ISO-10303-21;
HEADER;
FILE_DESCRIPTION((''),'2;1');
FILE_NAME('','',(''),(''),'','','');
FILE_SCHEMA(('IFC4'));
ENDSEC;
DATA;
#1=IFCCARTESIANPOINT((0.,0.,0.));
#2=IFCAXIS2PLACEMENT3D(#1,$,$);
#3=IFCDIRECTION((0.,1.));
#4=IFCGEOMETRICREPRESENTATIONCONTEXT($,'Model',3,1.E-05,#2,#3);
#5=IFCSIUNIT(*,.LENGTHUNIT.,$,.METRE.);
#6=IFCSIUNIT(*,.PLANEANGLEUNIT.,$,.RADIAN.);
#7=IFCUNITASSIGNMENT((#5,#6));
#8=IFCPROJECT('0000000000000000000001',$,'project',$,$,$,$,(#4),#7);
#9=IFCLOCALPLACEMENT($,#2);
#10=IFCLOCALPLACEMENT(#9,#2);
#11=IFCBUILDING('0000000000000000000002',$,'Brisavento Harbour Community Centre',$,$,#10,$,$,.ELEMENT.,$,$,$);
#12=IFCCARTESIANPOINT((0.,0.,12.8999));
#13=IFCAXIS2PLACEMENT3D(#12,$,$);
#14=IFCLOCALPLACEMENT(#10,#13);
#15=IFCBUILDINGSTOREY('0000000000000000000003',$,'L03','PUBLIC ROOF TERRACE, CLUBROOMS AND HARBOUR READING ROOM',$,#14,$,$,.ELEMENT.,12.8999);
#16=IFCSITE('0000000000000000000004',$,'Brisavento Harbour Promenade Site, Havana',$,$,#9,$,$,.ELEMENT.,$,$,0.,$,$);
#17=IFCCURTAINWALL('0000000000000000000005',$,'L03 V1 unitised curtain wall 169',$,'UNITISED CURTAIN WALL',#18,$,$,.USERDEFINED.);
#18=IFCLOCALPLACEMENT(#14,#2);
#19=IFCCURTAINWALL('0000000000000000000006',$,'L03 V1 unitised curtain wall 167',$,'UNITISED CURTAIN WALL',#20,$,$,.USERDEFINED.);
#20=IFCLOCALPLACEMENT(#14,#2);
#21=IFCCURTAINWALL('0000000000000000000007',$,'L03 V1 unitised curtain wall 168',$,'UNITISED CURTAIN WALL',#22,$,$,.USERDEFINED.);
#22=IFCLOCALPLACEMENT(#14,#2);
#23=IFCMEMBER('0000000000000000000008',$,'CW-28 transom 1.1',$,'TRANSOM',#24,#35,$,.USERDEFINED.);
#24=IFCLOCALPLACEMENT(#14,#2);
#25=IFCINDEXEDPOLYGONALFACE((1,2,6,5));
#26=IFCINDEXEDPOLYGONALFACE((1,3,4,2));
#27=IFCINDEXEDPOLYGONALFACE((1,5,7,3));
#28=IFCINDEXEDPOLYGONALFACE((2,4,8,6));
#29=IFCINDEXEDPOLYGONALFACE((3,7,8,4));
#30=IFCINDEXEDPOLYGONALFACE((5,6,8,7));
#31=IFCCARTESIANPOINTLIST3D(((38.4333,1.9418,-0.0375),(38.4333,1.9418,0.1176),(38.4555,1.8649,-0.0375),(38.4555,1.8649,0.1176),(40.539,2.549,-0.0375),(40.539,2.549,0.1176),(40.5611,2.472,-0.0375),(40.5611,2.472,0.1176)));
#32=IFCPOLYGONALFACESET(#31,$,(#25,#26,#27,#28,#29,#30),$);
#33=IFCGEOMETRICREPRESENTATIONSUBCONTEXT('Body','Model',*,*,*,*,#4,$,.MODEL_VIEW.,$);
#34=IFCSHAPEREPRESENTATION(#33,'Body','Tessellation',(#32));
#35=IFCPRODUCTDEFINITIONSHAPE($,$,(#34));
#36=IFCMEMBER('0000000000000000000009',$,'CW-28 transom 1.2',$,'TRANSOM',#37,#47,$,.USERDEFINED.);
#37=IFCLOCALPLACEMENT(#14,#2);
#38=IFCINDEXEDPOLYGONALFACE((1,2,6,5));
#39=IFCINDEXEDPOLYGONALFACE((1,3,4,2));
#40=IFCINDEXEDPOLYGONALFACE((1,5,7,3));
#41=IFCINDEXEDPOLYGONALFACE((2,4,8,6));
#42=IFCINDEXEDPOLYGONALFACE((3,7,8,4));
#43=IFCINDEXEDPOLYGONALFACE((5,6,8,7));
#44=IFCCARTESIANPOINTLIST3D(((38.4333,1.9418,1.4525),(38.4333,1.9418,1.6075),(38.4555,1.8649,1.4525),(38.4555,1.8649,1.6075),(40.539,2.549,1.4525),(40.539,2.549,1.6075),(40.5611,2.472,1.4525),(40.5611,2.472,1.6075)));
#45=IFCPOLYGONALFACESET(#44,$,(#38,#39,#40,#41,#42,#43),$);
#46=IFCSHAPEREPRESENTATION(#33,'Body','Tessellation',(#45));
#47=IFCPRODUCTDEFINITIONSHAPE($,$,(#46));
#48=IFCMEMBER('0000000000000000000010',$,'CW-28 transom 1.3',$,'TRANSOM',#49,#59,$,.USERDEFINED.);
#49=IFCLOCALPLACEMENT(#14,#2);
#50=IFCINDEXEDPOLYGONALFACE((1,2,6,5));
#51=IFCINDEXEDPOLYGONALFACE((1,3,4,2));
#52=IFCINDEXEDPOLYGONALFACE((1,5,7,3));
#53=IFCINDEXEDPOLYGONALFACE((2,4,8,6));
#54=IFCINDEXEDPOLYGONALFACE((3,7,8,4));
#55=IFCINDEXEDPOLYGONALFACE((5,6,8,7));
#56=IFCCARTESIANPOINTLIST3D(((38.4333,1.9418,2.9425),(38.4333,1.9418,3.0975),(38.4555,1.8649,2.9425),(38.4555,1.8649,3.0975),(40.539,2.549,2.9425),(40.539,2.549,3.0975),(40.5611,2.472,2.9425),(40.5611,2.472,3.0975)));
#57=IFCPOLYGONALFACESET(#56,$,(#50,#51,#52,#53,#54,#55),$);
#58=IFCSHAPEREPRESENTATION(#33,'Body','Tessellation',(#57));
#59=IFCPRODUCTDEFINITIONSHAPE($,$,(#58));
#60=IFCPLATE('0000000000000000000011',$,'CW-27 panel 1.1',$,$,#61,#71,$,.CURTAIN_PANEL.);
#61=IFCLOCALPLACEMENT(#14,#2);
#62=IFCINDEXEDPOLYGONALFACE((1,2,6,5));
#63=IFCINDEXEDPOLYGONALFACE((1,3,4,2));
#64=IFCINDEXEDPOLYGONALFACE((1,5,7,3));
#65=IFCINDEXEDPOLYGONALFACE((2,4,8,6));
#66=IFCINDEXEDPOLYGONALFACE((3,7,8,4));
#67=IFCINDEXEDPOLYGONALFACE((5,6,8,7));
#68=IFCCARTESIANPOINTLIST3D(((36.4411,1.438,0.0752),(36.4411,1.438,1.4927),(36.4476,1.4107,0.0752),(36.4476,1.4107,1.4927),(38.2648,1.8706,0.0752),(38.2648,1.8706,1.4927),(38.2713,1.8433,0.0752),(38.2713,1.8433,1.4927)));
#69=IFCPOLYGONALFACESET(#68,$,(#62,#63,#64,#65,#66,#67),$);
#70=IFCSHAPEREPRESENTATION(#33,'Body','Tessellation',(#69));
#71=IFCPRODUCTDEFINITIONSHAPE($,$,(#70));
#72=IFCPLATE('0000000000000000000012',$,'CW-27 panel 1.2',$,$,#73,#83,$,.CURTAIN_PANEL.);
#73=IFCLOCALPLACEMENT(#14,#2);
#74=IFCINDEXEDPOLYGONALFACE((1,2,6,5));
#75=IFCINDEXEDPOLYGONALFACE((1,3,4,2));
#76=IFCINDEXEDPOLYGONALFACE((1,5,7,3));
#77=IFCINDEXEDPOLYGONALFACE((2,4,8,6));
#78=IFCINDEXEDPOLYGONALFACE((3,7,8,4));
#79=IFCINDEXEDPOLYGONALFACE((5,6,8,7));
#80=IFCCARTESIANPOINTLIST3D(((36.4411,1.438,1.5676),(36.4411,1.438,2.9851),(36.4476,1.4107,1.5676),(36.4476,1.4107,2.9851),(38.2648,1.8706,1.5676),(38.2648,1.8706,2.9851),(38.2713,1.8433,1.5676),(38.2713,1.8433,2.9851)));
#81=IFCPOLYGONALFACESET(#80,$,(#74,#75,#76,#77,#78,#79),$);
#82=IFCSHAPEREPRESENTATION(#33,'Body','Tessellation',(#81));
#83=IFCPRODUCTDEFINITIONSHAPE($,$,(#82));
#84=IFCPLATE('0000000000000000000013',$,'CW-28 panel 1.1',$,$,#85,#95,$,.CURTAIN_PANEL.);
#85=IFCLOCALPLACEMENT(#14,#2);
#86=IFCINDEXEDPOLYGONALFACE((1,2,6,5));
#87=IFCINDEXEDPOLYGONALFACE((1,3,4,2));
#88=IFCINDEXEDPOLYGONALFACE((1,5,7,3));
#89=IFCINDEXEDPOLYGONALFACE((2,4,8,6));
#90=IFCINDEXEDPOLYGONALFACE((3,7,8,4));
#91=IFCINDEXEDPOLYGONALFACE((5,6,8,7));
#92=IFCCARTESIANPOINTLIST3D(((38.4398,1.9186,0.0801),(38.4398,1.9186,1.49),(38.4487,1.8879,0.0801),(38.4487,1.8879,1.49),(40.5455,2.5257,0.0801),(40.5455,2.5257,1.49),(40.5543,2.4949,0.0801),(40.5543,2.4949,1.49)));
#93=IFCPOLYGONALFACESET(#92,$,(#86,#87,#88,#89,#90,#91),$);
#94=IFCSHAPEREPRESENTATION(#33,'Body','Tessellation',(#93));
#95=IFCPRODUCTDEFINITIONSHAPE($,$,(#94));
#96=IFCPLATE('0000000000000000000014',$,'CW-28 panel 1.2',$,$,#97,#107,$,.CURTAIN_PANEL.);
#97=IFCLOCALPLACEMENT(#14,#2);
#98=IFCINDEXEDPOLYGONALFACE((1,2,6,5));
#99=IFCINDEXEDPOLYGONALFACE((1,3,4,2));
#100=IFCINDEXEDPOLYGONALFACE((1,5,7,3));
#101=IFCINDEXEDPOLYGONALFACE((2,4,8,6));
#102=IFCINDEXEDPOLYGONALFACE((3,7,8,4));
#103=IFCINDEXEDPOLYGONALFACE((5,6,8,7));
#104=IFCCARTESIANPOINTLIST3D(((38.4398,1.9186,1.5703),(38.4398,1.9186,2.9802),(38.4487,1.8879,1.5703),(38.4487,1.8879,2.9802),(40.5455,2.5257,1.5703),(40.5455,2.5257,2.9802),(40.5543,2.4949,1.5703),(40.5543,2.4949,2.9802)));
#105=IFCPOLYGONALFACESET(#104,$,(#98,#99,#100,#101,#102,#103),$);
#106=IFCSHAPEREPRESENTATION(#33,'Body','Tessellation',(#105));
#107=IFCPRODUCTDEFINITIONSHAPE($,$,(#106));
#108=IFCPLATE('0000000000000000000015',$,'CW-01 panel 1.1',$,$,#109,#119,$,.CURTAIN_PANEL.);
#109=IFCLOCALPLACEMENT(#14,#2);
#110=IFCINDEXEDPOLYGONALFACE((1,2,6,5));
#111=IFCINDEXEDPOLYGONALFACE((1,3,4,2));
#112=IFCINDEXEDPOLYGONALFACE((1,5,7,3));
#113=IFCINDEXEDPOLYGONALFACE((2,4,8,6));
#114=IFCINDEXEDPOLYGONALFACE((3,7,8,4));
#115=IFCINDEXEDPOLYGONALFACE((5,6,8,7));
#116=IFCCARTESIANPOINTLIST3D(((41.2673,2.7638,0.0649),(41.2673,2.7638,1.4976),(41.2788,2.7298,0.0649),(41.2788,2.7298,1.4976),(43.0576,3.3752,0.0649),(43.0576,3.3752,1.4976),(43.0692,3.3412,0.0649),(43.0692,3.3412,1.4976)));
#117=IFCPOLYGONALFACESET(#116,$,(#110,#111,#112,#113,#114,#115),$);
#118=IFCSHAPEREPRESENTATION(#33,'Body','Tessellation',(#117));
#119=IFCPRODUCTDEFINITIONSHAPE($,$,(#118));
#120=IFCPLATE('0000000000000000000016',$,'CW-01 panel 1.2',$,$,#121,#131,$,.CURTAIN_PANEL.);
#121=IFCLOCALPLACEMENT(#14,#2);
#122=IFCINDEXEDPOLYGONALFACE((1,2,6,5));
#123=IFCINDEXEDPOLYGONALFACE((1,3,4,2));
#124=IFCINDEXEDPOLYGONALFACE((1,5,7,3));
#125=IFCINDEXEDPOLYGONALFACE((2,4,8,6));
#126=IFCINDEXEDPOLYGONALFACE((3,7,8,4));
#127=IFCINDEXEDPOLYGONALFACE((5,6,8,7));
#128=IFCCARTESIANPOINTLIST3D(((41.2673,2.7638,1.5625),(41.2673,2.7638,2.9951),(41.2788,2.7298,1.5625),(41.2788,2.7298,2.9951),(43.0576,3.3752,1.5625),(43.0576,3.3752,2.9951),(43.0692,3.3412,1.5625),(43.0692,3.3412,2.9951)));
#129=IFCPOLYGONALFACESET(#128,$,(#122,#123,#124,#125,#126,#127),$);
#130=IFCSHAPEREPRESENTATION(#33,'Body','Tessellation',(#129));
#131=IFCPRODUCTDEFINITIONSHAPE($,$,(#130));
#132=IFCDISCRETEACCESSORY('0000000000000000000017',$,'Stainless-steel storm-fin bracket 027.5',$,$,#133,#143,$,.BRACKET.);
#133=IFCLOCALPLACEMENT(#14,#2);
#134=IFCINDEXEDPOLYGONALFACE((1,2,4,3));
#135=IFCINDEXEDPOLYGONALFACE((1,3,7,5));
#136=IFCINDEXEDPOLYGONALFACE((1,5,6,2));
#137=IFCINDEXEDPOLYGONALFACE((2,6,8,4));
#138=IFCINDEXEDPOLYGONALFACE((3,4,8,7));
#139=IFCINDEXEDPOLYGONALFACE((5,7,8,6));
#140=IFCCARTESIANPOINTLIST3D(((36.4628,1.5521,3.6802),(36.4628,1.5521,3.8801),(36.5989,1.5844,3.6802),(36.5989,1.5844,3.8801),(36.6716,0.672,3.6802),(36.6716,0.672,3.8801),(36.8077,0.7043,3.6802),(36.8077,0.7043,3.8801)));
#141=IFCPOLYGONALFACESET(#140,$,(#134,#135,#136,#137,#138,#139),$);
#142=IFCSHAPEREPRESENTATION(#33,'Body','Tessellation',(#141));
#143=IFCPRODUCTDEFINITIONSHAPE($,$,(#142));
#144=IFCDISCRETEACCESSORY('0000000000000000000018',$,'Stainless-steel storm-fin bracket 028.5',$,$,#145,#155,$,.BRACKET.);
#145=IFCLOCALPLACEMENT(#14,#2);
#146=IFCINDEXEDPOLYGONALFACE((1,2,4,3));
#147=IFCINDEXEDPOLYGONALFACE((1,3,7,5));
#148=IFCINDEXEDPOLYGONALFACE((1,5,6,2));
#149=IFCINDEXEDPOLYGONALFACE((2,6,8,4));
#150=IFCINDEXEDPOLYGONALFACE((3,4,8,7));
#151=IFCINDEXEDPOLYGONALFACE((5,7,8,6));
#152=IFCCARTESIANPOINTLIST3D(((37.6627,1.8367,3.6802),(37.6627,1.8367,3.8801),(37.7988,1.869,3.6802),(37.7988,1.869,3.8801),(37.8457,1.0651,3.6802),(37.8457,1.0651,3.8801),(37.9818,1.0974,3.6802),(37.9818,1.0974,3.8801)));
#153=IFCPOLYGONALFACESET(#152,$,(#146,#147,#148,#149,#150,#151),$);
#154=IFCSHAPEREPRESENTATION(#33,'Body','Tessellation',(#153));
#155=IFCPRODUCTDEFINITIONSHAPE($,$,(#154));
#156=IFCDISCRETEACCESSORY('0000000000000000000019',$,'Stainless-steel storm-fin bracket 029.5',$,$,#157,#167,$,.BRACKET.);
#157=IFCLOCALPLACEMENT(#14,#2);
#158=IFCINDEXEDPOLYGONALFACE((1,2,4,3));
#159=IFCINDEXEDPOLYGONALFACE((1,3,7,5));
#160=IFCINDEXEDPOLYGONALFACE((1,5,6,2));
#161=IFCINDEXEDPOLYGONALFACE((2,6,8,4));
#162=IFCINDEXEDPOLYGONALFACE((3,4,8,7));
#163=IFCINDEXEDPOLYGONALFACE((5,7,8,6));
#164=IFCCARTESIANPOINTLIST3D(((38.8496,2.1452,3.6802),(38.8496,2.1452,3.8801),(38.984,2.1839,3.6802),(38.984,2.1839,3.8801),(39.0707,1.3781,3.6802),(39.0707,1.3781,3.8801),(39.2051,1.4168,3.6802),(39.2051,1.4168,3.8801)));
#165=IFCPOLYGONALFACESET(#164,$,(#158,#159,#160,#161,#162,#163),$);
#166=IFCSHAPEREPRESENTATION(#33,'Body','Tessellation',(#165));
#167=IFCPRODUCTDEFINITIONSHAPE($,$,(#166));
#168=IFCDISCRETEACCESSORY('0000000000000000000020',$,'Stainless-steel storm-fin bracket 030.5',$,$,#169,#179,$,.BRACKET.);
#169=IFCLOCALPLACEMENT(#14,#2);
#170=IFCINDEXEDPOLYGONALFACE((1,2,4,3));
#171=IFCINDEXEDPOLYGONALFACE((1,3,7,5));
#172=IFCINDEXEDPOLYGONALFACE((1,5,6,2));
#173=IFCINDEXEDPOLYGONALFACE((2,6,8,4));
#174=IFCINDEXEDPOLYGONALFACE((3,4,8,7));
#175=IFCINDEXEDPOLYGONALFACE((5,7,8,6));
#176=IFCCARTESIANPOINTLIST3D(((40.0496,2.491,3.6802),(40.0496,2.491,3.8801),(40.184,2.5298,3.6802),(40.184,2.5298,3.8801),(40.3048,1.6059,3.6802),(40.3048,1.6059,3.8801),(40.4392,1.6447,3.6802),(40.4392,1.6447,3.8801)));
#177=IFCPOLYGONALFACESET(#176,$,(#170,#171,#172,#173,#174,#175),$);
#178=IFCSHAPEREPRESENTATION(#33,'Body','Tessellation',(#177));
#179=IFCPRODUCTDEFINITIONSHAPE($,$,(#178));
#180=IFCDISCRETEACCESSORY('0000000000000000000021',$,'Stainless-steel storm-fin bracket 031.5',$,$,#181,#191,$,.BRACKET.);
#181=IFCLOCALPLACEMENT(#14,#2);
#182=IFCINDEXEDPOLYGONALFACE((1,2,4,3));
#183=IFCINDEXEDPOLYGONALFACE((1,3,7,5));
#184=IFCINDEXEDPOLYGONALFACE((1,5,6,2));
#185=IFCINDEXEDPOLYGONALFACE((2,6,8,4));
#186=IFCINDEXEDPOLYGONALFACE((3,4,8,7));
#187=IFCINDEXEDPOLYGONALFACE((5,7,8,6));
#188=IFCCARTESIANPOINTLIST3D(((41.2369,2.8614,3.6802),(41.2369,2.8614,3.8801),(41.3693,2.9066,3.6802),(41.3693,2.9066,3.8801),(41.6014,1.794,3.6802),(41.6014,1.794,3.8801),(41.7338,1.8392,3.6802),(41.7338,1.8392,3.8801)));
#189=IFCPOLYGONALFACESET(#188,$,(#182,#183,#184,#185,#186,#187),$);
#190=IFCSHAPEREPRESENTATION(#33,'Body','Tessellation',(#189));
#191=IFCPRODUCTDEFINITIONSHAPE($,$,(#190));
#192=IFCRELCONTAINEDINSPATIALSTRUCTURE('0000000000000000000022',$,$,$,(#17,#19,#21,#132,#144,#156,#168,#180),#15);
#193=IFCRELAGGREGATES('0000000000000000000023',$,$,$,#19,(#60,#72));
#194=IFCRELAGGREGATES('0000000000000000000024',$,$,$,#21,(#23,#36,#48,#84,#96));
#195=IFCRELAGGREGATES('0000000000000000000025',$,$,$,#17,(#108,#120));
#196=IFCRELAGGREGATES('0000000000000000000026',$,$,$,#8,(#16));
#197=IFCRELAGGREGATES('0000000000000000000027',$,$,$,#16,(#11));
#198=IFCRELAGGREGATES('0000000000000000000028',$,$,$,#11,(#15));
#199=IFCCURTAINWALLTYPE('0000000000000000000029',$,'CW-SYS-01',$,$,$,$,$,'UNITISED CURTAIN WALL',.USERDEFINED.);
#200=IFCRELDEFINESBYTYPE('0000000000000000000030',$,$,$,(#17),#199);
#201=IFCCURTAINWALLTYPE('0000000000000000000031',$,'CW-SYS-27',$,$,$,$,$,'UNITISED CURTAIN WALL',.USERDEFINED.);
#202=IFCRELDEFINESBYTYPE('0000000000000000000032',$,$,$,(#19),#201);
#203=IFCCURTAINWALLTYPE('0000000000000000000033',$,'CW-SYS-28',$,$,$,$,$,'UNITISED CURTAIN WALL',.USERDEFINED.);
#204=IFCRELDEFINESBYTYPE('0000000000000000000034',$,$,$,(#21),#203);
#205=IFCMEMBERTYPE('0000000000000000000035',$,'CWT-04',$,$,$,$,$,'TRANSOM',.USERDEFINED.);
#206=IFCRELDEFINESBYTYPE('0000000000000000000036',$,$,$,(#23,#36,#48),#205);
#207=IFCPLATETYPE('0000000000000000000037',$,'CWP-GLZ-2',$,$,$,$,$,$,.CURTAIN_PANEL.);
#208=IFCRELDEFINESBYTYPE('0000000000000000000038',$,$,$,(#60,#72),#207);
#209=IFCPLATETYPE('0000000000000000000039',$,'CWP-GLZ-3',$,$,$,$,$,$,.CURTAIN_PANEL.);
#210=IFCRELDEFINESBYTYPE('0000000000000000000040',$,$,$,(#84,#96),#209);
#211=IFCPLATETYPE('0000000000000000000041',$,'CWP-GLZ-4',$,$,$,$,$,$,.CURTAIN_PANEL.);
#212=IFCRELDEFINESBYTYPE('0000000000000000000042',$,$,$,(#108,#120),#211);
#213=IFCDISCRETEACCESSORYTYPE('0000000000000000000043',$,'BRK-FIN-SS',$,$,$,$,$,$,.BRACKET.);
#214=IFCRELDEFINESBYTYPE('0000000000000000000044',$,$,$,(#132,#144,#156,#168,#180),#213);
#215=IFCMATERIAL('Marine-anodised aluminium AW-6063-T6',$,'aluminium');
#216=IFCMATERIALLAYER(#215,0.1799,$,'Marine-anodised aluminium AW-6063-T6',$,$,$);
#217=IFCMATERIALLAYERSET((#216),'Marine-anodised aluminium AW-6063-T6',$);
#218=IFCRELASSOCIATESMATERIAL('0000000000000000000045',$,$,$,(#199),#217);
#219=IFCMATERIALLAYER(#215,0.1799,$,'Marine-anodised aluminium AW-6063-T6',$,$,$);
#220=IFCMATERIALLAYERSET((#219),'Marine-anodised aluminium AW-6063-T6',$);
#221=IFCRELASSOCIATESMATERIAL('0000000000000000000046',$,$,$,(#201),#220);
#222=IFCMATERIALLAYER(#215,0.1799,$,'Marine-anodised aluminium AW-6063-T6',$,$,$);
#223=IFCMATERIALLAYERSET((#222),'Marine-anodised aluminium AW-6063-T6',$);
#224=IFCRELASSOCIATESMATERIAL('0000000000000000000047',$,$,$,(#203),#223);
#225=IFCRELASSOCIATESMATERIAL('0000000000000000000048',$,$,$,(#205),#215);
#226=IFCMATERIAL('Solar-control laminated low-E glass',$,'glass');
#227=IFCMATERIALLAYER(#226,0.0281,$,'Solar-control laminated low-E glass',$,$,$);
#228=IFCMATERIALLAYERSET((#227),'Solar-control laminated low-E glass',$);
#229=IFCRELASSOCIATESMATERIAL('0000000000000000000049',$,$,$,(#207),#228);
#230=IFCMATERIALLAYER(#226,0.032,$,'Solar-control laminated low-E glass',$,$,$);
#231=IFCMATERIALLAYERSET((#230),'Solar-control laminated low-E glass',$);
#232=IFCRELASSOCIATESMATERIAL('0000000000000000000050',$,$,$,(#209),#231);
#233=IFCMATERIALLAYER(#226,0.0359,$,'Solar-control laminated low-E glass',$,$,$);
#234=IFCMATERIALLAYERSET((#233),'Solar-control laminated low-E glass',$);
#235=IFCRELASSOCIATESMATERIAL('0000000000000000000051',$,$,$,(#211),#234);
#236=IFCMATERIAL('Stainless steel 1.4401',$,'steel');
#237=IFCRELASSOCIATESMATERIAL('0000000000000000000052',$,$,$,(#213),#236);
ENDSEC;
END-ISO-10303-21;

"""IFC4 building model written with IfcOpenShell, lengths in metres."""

from ifc_helpers import new_model, si_unit, direction, frame, origin, origin_2d, place, context, subcontext, project, spatial, rectangle, extrude, material, layer, layer_set, material_profile, profile_set, type_object, element, aggregate, save


model = new_model("IFC4")

# Units and contexts
model_context = context("Model", 3, precision=1e-05, world=origin(), true_north=direction((0.0, 1.0)))
body_context = subcontext(model_context, "Body", "Model", "MODEL_VIEW")
ifc_project = project(units=[si_unit("LENGTHUNIT", "METRE"), si_unit("PLANEANGLEUNIT", "RADIAN")], contexts=[model_context])

# Site, building, storey
site_placement = place(None, origin())
site = spatial("IfcSite", under=ifc_project, at=site_placement, Name="Brisavento Harbour Promenade Site, Havana", CompositionType="ELEMENT", RefElevation=0.0)
building_placement = place(site_placement, origin())
building = spatial("IfcBuilding", under=site, at=building_placement, Name="Brisavento Harbour Community Centre", CompositionType="ELEMENT")
storey_placement = place(building_placement, frame((0.0, 0.0, 12.8999)))
storey = spatial("IfcBuildingStorey", under=building, at=storey_placement, Name="L03", Description="PUBLIC ROOF TERRACE, CLUBROOMS AND HARBOUR READING ROOM", CompositionType="ELEMENT", Elevation=12.8999)

# Curtain walls
ifc_material_1 = material(Name="Marine-anodised aluminium AW-6063-T6", Category="aluminium")
ifc_layer_1 = layer(ifc_material_1, 0.1799, Name="Marine-anodised aluminium AW-6063-T6")
ifc_layer_set_1 = layer_set([ifc_layer_1], Name="Marine-anodised aluminium AW-6063-T6")
curtain_wall_type_1 = type_object("IfcCurtainWallType", Name="CW-SYS-01", ElementType="UNITISED CURTAIN WALL", PredefinedType="USERDEFINED", material=ifc_layer_set_1)
curtain_wall_1_placement = place(storey_placement, origin())
curtain_wall_1 = element("IfcCurtainWall", 1, at=curtain_wall_1_placement, inside=storey, type_object=curtain_wall_type_1, Name="L03 V1 unitised curtain wall 169", ObjectType="UNITISED CURTAIN WALL", PredefinedType="USERDEFINED")
ifc_layer_2 = layer(ifc_material_1, 0.1799, Name="Marine-anodised aluminium AW-6063-T6")
ifc_layer_set_2 = layer_set([ifc_layer_2], Name="Marine-anodised aluminium AW-6063-T6")
curtain_wall_type_2 = type_object("IfcCurtainWallType", Name="CW-SYS-27", ElementType="UNITISED CURTAIN WALL", PredefinedType="USERDEFINED", material=ifc_layer_set_2)
curtain_wall_2_placement = place(storey_placement, origin())
curtain_wall_2 = element("IfcCurtainWall", 2, at=curtain_wall_2_placement, inside=storey, type_object=curtain_wall_type_2, Name="L03 V1 unitised curtain wall 167", ObjectType="UNITISED CURTAIN WALL", PredefinedType="USERDEFINED")

# Curtain wall
ifc_layer_3 = layer(ifc_material_1, 0.1799, Name="Marine-anodised aluminium AW-6063-T6")
ifc_layer_set_3 = layer_set([ifc_layer_3], Name="Marine-anodised aluminium AW-6063-T6")
curtain_wall_type_3 = type_object("IfcCurtainWallType", Name="CW-SYS-28", ElementType="UNITISED CURTAIN WALL", PredefinedType="USERDEFINED", material=ifc_layer_set_3)
curtain_wall_3_placement = place(storey_placement, origin())
curtain_wall_3 = element("IfcCurtainWall", 3, at=curtain_wall_3_placement, inside=storey, type_object=curtain_wall_type_3, Name="L03 V1 unitised curtain wall 168", ObjectType="UNITISED CURTAIN WALL", PredefinedType="USERDEFINED")

# Members
ifc_material_profile_1 = material_profile(ifc_material_1, rectangle(XDim=0.0801, YDim=0.155, at=origin_2d()), Name="Marine-anodised aluminium AW-6063-T6")
ifc_profile_set_1 = profile_set([ifc_material_profile_1], Name="Marine-anodised aluminium AW-6063-T6")
member_type_1 = type_object("IfcMemberType", Name="CWT-04", ElementType="TRANSOM", PredefinedType="USERDEFINED", material=ifc_profile_set_1)
member_1_placement = place(storey_placement, frame((40.55, 2.5105, 0.04), z_axis=(-0.960853, -0.27706, 0.0), x_axis=(0.27706, -0.960853, 0.0)))
member_1 = element("IfcMember", 4, at=member_1_placement, type_object=member_type_1, Name="CW-28 transom 1.1", ObjectType="TRANSOM", PredefinedType="USERDEFINED", context=body_context, shape_type="SweptSolid", body=[
    extrude(rectangle(XDim=0.0801, YDim=0.155, at=origin_2d()), origin(), (0.0, 0.0, 1.0), 2.1914),
])
member_2_placement = place(storey_placement, frame((40.55, 2.5105, 1.53), z_axis=(-0.960853, -0.27706, 0.0), x_axis=(0.27706, -0.960853, 0.0)))
member_2 = element("IfcMember", 5, at=member_2_placement, type_object=member_type_1, Name="CW-28 transom 1.2", ObjectType="TRANSOM", PredefinedType="USERDEFINED", context=body_context, shape_type="SweptSolid", body=[
    extrude(rectangle(XDim=0.0801, YDim=0.155, at=origin_2d()), origin(), (0.0, 0.0, 1.0), 2.1914),
])
member_3_placement = place(storey_placement, frame((40.55, 2.5105, 3.02), z_axis=(-0.960853, -0.27706, 0.0), x_axis=(0.27706, -0.960853, 0.0)))
member_3 = element("IfcMember", 6, at=member_3_placement, type_object=member_type_1, Name="CW-28 transom 1.3", ObjectType="TRANSOM", PredefinedType="USERDEFINED", context=body_context, shape_type="SweptSolid", body=[
    extrude(rectangle(XDim=0.0801, YDim=0.155, at=origin_2d()), origin(), (0.0, 0.0, 1.0), 2.1914),
])

# Plates
ifc_material_2 = material(Name="Solar-control laminated low-E glass", Category="glass")
ifc_layer_4 = layer(ifc_material_2, 0.0281, Name="Solar-control laminated low-E glass")
ifc_layer_set_4 = layer_set([ifc_layer_4], Name="Solar-control laminated low-E glass")
plate_type_1 = type_object("IfcPlateType", Name="CWP-GLZ-2", PredefinedType="CURTAIN_PANEL", material=ifc_layer_set_4)
plate_1_placement = place(storey_placement, frame((37.3562, 1.6406, 0.0752), z_axis=(0.0, 0.0, 1.0), x_axis=(-0.972998, -0.230812, 0.0)))
plate_1 = element("IfcPlate", 7, at=plate_1_placement, type_object=plate_type_1, Name="CW-27 panel 1.1", PredefinedType="CURTAIN_PANEL", context=body_context, shape_type="SweptSolid", body=[
    extrude(rectangle(XDim=1.8743, YDim=0.0281, at=origin_2d()), origin(), (0.0, 0.0, 1.0), 1.4175),
])
plate_2_placement = place(storey_placement, frame((37.3562, 1.6406, 1.5676), z_axis=(0.0, 0.0, 1.0), x_axis=(-0.972998, -0.230812, 0.0)))
plate_2 = element("IfcPlate", 8, at=plate_2_placement, type_object=plate_type_1, Name="CW-27 panel 1.2", PredefinedType="CURTAIN_PANEL", context=body_context, shape_type="SweptSolid", body=[
    extrude(rectangle(XDim=1.8743, YDim=0.0281, at=origin_2d()), origin(), (0.0, 0.0, 1.0), 1.4175),
])
aggregate(curtain_wall_2, [plate_1, plate_2])
ifc_layer_5 = layer(ifc_material_2, 0.032, Name="Solar-control laminated low-E glass")
ifc_layer_set_5 = layer_set([ifc_layer_5], Name="Solar-control laminated low-E glass")
plate_type_2 = type_object("IfcPlateType", Name="CWP-GLZ-3", PredefinedType="CURTAIN_PANEL", material=ifc_layer_set_5)
plate_3_placement = place(storey_placement, frame((39.4971, 2.2068, 0.0801), z_axis=(0.0, 0.0, 1.0), x_axis=(-0.960866, -0.277012, 0.0)))
plate_3 = element("IfcPlate", 9, at=plate_3_placement, type_object=plate_type_2, Name="CW-28 panel 1.1", PredefinedType="CURTAIN_PANEL", context=body_context, shape_type="SweptSolid", body=[
    extrude(rectangle(XDim=2.1914, YDim=0.032, at=origin_2d()), origin(), (0.0, 0.0, 1.0), 1.4099),
])
plate_4_placement = place(storey_placement, frame((39.4971, 2.2068, 1.5703), z_axis=(0.0, 0.0, 1.0), x_axis=(-0.960866, -0.277012, 0.0)))
plate_4 = element("IfcPlate", 10, at=plate_4_placement, type_object=plate_type_2, Name="CW-28 panel 1.2", PredefinedType="CURTAIN_PANEL", context=body_context, shape_type="SweptSolid", body=[
    extrude(rectangle(XDim=2.1914, YDim=0.032, at=origin_2d()), origin(), (0.0, 0.0, 1.0), 1.4099),
])
aggregate(curtain_wall_3, [member_1, member_2, member_3, plate_3, plate_4])
ifc_layer_6 = layer(ifc_material_2, 0.0359, Name="Solar-control laminated low-E glass")
ifc_layer_set_6 = layer_set([ifc_layer_6], Name="Solar-control laminated low-E glass")
plate_type_3 = type_object("IfcPlateType", Name="CWP-GLZ-4", PredefinedType="CURTAIN_PANEL", material=ifc_layer_set_6)
plate_5_placement = place(storey_placement, frame((42.1682, 3.0525, 0.0649), z_axis=(0.0, 0.0, 1.0), x_axis=(-0.946338, -0.323178, 0.0)))
plate_5 = element("IfcPlate", 11, at=plate_5_placement, type_object=plate_type_3, Name="CW-01 panel 1.1", PredefinedType="CURTAIN_PANEL", context=body_context, shape_type="SweptSolid", body=[
    extrude(rectangle(XDim=1.8918, YDim=0.0359, at=origin_2d()), origin(), (0.0, 0.0, 1.0), 1.4326),
])
plate_6_placement = place(storey_placement, frame((42.1682, 3.0525, 1.5625), z_axis=(0.0, 0.0, 1.0), x_axis=(-0.946338, -0.323178, 0.0)))
plate_6 = element("IfcPlate", 12, at=plate_6_placement, type_object=plate_type_3, Name="CW-01 panel 1.2", PredefinedType="CURTAIN_PANEL", context=body_context, shape_type="SweptSolid", body=[
    extrude(rectangle(XDim=1.8918, YDim=0.0359, at=origin_2d()), origin(), (0.0, 0.0, 1.0), 1.4326),
])
aggregate(curtain_wall_1, [plate_5, plate_6])

# Discrete accessories
ifc_material_3 = material(Name="Stainless steel 1.4401", Category="steel")
discrete_accessory_type = type_object("IfcDiscreteAccessoryType", Name="BRK-FIN-SS", PredefinedType="BRACKET", material=ifc_material_3)
discrete_accessory_1_placement = place(storey_placement, frame((36.6353, 1.1282, 3.6802), z_axis=(0.0, 0.0, 1.0), x_axis=(0.230831, -0.972994, 0.0)))
element("IfcDiscreteAccessory", 13, at=discrete_accessory_1_placement, inside=storey, type_object=discrete_accessory_type, Name="Stainless-steel storm-fin bracket 027.5", PredefinedType="BRACKET", context=body_context, shape_type="SweptSolid", body=[
    extrude(rectangle(XDim=0.9045, YDim=0.1399, at=origin_2d()), origin(), (0.0, 0.0, 1.0), 0.2),
])
discrete_accessory_2_placement = place(storey_placement, frame((37.8223, 1.467, 3.6802), z_axis=(0.0, 0.0, 1.0), x_axis=(0.230831, -0.972994, 0.0)))
element("IfcDiscreteAccessory", 14, at=discrete_accessory_2_placement, inside=storey, type_object=discrete_accessory_type, Name="Stainless-steel storm-fin bracket 028.5", PredefinedType="BRACKET", context=body_context, shape_type="SweptSolid", body=[
    extrude(rectangle(XDim=0.793, YDim=0.1399, at=origin_2d()), origin(), (0.0, 0.0, 1.0), 0.2),
])
discrete_accessory_3_placement = place(storey_placement, frame((39.0273, 1.781, 3.6802), z_axis=(0.0, 0.0, 1.0), x_axis=(0.276996, -0.960871, 0.0)))
element("IfcDiscreteAccessory", 15, at=discrete_accessory_3_placement, inside=storey, type_object=discrete_accessory_type, Name="Stainless-steel storm-fin bracket 029.5", PredefinedType="BRACKET", context=body_context, shape_type="SweptSolid", body=[
    extrude(rectangle(XDim=0.7983, YDim=0.1399, at=origin_2d()), origin(), (0.0, 0.0, 1.0), 0.2),
])
discrete_accessory_4_placement = place(storey_placement, frame((40.2444, 2.0679, 3.6802), z_axis=(0.0, 0.0, 1.0), x_axis=(0.276996, -0.960871, 0.0)))
element("IfcDiscreteAccessory", 16, at=discrete_accessory_4_placement, inside=storey, type_object=discrete_accessory_type, Name="Stainless-steel storm-fin bracket 030.5", PredefinedType="BRACKET", context=body_context, shape_type="SweptSolid", body=[
    extrude(rectangle(XDim=0.9211, YDim=0.1399, at=origin_2d()), origin(), (0.0, 0.0, 1.0), 0.2),
])
discrete_accessory_5_placement = place(storey_placement, frame((41.4854, 2.3503, 3.6802), z_axis=(0.0, 0.0, 1.0), x_axis=(0.323174, -0.946339, 0.0)))
element("IfcDiscreteAccessory", 17, at=discrete_accessory_5_placement, inside=storey, type_object=discrete_accessory_type, Name="Stainless-steel storm-fin bracket 031.5", PredefinedType="BRACKET", context=body_context, shape_type="SweptSolid", body=[
    extrude(rectangle(XDim=1.1279, YDim=0.1399, at=origin_2d()), origin(), (0.0, 0.0, 1.0), 0.2),
])

save(model, "model.ifc")
